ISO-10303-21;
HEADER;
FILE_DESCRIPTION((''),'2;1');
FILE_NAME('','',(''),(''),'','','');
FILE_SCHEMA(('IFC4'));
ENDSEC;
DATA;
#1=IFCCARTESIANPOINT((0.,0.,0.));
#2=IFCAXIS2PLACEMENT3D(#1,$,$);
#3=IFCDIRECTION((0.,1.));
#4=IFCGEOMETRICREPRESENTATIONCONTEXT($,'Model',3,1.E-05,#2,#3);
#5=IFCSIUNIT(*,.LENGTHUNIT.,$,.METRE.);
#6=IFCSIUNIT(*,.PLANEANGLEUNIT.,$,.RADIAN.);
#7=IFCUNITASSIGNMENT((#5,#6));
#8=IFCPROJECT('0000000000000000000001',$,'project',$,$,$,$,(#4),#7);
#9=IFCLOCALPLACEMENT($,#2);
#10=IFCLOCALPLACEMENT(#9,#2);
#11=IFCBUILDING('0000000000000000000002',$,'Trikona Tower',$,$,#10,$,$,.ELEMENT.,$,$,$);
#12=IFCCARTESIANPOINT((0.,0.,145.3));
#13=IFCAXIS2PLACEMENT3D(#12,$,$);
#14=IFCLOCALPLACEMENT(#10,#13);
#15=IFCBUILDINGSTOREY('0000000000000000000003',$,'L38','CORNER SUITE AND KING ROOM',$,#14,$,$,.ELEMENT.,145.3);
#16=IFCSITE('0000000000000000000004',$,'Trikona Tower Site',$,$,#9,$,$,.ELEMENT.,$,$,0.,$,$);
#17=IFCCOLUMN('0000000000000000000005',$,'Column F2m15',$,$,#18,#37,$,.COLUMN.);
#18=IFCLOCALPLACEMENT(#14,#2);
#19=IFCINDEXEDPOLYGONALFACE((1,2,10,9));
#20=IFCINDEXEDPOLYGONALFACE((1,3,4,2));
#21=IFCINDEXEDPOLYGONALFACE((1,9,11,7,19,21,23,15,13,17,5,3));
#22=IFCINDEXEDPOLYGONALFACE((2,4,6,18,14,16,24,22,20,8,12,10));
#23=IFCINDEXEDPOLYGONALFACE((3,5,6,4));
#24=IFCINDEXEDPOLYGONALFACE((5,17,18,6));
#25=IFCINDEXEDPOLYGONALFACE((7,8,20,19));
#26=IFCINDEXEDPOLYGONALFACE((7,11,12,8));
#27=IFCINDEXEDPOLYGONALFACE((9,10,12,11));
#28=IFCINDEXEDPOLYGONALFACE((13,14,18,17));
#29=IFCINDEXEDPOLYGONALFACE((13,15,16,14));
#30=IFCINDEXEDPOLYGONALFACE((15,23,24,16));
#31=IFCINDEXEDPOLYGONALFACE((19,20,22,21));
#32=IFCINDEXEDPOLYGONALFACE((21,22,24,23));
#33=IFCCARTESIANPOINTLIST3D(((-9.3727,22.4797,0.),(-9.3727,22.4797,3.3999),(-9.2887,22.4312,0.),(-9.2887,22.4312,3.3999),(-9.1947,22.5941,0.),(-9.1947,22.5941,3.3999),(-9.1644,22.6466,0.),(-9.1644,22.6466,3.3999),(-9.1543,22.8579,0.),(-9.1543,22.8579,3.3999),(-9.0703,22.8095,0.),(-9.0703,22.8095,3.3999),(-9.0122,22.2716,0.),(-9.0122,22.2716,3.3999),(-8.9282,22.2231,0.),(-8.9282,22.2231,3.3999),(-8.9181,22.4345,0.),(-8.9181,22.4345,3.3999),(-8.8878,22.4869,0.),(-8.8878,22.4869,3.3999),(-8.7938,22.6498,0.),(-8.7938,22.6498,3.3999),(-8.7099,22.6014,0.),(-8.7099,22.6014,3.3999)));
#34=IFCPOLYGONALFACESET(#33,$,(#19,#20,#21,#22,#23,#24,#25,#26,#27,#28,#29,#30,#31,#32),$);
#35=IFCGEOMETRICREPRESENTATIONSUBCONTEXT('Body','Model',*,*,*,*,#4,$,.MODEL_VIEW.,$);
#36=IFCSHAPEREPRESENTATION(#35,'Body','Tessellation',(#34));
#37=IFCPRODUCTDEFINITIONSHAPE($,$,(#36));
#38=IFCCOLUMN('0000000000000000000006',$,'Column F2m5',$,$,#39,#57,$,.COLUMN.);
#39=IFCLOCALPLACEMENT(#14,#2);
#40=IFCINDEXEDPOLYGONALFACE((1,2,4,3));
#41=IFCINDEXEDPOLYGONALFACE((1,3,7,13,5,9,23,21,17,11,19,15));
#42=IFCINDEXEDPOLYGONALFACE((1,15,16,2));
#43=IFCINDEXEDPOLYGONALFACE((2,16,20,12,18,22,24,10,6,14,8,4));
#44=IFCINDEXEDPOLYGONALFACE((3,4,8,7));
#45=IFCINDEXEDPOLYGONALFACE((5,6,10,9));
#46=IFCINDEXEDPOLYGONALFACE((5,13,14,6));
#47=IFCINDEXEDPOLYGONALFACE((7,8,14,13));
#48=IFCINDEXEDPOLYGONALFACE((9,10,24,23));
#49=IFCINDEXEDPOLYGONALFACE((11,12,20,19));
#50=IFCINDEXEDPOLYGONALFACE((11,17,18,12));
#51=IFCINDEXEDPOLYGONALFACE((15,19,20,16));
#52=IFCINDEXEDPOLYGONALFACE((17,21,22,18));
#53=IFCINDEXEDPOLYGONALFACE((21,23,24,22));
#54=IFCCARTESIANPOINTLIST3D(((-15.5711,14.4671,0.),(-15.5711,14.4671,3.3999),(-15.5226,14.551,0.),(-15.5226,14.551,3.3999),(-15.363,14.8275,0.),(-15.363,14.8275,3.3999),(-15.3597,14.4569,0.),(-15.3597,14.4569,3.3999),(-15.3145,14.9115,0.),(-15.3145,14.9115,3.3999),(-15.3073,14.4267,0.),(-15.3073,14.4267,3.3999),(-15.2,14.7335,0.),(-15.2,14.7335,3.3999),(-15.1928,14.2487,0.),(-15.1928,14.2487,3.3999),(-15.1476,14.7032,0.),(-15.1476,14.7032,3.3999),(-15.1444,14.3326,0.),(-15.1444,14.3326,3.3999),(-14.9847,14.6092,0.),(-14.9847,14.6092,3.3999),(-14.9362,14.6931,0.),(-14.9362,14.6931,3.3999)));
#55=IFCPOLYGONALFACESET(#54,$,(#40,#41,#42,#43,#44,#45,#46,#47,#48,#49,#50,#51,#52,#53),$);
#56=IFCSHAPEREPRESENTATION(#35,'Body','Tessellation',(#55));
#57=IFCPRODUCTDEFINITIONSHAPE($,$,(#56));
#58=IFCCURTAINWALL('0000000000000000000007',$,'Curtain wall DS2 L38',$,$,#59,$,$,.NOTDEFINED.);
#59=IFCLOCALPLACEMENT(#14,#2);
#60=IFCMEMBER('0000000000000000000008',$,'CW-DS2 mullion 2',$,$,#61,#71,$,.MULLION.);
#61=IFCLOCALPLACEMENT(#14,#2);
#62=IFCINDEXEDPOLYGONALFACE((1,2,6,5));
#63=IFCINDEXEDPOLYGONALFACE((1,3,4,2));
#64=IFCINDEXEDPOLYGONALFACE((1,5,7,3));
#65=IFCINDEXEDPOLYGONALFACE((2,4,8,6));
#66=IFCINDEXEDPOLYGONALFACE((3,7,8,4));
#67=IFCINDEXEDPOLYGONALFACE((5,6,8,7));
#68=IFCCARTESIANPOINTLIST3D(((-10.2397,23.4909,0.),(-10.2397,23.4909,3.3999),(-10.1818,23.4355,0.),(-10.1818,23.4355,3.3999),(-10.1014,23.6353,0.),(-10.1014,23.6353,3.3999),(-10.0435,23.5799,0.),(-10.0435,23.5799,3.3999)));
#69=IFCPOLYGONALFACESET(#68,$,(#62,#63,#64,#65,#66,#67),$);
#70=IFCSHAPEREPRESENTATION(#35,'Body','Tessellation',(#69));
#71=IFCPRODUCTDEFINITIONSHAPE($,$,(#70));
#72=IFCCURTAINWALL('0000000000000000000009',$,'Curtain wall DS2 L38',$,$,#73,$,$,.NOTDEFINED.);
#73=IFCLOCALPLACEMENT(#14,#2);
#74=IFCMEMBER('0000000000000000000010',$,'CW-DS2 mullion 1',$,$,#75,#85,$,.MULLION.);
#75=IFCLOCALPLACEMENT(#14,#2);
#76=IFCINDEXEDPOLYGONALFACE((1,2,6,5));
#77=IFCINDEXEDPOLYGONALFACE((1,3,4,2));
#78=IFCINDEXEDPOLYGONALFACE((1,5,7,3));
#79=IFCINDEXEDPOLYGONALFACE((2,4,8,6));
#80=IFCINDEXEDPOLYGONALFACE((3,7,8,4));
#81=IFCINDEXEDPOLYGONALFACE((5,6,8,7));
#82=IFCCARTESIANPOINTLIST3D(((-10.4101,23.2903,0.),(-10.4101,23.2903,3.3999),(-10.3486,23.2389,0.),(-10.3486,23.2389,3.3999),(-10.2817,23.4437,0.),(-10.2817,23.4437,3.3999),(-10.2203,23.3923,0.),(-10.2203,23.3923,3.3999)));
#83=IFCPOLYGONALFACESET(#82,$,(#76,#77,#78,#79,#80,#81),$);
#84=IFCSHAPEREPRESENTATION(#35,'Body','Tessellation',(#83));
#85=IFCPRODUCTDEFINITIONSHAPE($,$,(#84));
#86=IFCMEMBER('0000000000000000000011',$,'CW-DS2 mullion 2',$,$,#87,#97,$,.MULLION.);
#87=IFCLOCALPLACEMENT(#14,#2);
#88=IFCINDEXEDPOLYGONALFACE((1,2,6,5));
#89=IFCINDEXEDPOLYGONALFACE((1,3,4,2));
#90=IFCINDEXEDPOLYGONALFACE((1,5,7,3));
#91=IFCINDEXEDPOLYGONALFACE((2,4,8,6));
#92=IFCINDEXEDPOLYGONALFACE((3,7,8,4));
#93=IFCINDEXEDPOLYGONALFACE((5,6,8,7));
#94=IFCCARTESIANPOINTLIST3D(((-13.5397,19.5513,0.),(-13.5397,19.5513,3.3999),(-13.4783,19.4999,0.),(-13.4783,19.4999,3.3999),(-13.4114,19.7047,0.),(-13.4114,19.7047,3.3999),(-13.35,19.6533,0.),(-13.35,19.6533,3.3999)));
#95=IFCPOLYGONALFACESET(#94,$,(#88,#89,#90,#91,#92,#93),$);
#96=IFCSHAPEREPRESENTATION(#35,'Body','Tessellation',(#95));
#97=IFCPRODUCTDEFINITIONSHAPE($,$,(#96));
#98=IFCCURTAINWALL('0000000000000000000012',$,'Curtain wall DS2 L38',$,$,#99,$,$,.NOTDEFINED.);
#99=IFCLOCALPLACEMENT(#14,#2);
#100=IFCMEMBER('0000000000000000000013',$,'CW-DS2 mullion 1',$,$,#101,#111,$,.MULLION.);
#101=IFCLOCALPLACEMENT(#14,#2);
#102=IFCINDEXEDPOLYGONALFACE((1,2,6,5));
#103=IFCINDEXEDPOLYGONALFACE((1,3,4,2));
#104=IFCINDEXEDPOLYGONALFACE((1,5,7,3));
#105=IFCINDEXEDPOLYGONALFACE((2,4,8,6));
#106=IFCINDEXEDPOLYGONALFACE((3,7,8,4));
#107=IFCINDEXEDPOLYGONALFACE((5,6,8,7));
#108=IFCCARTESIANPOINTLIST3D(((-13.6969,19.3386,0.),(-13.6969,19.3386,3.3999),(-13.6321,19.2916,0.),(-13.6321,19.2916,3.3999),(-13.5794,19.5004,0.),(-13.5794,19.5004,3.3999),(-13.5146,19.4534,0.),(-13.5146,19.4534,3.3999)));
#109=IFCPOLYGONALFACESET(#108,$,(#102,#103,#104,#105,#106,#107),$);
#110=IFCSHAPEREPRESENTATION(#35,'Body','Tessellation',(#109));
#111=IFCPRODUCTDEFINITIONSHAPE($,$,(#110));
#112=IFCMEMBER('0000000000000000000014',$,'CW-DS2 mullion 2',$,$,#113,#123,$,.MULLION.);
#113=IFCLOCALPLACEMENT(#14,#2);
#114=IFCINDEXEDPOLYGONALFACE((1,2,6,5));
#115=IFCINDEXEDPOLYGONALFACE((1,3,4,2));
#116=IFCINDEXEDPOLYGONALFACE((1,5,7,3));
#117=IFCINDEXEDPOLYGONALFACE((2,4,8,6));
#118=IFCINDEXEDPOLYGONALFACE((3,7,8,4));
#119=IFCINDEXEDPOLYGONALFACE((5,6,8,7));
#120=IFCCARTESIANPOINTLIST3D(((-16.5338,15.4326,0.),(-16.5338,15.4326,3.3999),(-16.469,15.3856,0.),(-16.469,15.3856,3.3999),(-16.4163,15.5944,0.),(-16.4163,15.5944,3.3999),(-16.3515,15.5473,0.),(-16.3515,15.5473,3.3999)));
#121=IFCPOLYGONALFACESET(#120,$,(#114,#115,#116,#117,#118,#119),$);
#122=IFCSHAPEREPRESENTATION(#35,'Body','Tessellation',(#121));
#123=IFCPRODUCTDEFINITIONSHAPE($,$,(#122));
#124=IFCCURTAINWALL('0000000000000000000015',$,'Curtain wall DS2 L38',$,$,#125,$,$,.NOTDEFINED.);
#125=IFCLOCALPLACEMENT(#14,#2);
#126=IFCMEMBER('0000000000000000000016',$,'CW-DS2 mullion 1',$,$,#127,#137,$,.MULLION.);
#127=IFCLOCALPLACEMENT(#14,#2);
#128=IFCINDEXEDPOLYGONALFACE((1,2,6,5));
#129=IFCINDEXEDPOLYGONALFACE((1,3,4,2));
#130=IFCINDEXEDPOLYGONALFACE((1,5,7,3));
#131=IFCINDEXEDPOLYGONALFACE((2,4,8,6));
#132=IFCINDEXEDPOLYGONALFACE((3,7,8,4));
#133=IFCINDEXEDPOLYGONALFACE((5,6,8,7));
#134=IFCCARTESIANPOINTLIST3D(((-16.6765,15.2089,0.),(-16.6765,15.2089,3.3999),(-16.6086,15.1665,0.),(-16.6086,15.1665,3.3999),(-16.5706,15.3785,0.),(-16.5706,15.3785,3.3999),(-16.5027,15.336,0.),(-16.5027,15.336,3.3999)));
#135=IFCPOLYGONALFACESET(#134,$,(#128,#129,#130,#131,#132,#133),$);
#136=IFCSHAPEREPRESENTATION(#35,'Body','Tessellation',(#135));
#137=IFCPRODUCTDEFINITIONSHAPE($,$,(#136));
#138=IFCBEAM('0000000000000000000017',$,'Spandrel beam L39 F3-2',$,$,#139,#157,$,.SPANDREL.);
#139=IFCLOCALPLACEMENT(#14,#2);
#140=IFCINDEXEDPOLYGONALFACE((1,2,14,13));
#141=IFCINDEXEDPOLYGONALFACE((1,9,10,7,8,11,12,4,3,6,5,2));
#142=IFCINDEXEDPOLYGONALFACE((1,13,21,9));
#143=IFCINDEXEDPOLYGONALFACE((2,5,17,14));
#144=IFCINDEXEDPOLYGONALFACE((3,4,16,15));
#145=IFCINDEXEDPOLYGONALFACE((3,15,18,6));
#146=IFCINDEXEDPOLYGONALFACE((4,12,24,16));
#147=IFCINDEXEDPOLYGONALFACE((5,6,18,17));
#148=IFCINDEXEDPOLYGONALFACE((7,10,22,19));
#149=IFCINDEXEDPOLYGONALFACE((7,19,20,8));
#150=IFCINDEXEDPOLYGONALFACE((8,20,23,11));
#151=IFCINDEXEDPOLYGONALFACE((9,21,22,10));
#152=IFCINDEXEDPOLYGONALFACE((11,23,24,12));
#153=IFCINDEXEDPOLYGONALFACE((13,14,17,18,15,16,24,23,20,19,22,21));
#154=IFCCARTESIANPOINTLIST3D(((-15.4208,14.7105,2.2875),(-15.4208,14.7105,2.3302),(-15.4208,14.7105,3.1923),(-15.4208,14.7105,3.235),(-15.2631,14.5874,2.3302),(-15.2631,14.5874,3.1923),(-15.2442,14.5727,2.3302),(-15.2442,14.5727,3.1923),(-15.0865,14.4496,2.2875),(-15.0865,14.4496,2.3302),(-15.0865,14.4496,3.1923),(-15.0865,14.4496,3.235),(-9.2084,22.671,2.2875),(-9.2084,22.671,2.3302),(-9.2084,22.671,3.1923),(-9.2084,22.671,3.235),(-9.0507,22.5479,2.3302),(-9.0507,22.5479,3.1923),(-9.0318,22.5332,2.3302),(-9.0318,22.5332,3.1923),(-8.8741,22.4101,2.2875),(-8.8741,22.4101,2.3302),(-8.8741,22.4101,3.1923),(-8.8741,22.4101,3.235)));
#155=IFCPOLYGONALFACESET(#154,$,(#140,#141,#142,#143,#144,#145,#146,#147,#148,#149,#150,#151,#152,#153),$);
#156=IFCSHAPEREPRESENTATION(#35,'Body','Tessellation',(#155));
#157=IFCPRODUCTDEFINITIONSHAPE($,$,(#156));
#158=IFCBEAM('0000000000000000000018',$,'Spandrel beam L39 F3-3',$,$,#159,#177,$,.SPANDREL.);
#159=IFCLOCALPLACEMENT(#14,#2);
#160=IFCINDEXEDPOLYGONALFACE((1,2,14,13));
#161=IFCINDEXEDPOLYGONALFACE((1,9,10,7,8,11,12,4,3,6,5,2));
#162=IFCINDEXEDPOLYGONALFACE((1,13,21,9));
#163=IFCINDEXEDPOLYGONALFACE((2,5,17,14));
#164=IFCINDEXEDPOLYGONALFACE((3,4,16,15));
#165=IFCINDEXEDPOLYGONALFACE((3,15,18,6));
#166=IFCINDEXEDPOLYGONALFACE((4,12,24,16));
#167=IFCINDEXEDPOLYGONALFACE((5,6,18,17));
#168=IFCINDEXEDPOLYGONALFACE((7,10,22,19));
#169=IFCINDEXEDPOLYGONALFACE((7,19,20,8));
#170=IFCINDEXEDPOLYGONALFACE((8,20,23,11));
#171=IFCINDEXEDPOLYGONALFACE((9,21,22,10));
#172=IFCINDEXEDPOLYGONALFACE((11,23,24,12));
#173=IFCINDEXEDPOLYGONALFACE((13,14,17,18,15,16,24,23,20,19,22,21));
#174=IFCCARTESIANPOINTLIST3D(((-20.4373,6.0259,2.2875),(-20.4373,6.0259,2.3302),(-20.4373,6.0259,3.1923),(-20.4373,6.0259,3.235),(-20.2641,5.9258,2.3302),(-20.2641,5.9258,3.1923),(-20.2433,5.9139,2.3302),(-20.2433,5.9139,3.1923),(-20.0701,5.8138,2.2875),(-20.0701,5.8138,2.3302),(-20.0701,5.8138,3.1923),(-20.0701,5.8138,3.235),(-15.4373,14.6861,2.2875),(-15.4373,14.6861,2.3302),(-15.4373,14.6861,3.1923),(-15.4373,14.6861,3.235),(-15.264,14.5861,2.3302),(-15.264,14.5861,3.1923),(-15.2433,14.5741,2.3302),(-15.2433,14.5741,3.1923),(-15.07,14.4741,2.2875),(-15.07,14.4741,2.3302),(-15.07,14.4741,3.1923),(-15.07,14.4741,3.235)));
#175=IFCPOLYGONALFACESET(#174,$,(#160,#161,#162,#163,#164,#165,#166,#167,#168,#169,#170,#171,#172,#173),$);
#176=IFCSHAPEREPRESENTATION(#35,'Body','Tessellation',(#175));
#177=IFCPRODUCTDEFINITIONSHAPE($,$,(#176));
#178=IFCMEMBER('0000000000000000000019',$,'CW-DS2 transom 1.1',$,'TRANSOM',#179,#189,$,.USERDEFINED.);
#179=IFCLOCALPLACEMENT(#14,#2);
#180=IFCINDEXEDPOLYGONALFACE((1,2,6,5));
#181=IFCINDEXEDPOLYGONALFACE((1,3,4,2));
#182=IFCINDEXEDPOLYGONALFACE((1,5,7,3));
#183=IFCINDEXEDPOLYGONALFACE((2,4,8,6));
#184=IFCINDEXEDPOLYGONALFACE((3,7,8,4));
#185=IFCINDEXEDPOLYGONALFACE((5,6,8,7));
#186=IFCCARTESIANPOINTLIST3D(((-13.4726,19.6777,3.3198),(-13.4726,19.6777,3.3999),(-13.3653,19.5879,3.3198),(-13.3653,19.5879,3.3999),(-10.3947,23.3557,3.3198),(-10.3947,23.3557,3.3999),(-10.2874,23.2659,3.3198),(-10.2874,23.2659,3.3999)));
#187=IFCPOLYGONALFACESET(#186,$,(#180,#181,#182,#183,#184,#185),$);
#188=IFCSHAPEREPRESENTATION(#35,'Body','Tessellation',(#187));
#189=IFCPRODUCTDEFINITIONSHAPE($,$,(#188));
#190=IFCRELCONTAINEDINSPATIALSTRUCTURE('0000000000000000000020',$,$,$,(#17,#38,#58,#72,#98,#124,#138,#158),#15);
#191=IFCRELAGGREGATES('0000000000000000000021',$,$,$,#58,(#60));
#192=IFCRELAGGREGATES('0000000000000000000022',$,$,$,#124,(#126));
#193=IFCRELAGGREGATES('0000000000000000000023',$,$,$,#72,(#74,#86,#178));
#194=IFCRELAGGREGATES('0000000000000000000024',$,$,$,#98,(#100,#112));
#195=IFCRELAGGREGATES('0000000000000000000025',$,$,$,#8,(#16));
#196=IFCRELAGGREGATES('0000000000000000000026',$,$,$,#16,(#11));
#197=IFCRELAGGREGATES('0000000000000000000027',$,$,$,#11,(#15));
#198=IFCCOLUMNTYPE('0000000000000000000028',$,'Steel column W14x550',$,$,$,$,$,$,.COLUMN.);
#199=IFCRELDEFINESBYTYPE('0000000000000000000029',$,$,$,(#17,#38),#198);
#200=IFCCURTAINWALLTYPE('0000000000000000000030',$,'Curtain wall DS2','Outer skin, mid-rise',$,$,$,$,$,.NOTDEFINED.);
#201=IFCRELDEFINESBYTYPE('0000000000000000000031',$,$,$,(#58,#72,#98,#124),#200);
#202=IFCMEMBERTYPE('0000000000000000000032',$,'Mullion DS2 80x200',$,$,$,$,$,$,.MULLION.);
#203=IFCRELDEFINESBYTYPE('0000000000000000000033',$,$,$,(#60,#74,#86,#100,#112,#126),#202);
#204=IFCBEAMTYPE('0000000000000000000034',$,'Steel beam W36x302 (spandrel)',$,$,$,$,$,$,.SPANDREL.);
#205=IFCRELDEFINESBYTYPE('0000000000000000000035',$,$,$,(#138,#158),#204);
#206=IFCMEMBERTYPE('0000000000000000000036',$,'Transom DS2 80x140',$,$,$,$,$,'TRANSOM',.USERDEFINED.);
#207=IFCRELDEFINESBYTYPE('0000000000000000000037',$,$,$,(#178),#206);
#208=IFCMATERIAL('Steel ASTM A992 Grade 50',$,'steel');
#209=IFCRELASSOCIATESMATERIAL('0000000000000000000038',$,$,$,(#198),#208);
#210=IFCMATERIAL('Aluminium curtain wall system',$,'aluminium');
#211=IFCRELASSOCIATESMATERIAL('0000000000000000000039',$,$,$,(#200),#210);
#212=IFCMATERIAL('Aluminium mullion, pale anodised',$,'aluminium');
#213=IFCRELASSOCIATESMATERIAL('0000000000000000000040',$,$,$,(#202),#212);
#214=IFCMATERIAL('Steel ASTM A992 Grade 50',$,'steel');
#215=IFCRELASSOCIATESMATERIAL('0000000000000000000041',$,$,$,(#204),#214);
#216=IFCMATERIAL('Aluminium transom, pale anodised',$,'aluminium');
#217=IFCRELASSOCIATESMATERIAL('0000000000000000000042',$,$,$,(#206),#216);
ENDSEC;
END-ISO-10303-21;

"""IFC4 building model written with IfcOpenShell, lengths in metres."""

from ifc_helpers import new_model, si_unit, direction, frame, origin, origin_2d, place, context, subcontext, project, spatial, rectangle, i_section, extrude, material, material_profile, profile_set, type_object, element, aggregate, save


model = new_model("IFC4")

# Units and contexts
model_context = context("Model", 3, precision=1e-05, world=origin(), true_north=direction((0.0, 1.0)))
body_context = subcontext(model_context, "Body", "Model", "MODEL_VIEW")
ifc_project = project(units=[si_unit("LENGTHUNIT", "METRE"), si_unit("PLANEANGLEUNIT", "RADIAN")], contexts=[model_context])

# Site, building, storey
site_placement = place(None, origin())
site = spatial("IfcSite", under=ifc_project, at=site_placement, Name="Trikona Tower Site", CompositionType="ELEMENT", RefElevation=0.0)
building_placement = place(site_placement, origin())
building = spatial("IfcBuilding", under=site, at=building_placement, Name="Trikona Tower", CompositionType="ELEMENT")
storey_placement = place(building_placement, frame((0.0, 0.0, 145.3)))
storey = spatial("IfcBuildingStorey", under=building, at=storey_placement, Name="L38", Description="CORNER SUITE AND KING ROOM", CompositionType="ELEMENT", Elevation=145.3)

# Columns
ifc_material_1 = material(Name="Steel ASTM A992 Grade 50", Category="steel")
ifc_material_profile_1 = material_profile(ifc_material_1, i_section(OverallWidth=0.4368, OverallDepth=0.5132, WebThickness=0.0605, FlangeThickness=0.0969, at=origin_2d()), Name="W14X550")
ifc_profile_set_1 = profile_set([ifc_material_profile_1], Name="Steel ASTM A992 Grade 50")
column_type = type_object("IfcColumnType", Name="Steel column W14x550", PredefinedType="COLUMN", material=ifc_profile_set_1)
for number, where, z_axis, x_axis, name in (
    (1, (-9.0413, 22.5405, 0.0), (0.0, 0.0, 1.0), (-0.5, -0.866025, 0.0), "Column F2m15"),
    (2, (-15.2537, 14.5801, 0.0), (0.0, 0.0, 1.0), (-0.866025, 0.5, 0.0), "Column F2m5"),
):
    element("IfcColumn", number, at=place(storey_placement, frame(where, z_axis=z_axis, x_axis=x_axis)), inside=storey, type_object=column_type, Name=name, PredefinedType="COLUMN", context=body_context, shape_type="SweptSolid", body=[
        extrude(i_section(OverallWidth=0.4368, OverallDepth=0.5132, WebThickness=0.0605, FlangeThickness=0.0969, at=origin_2d()), origin(), (0.0, 0.0, 1.0), 3.3999),
    ])

# Curtain wall, member
ifc_material_2 = material(Name="Aluminium curtain wall system", Category="aluminium")
curtain_wall_type = type_object("IfcCurtainWallType", Name="Curtain wall DS2", Description="Outer skin, mid-rise", PredefinedType="NOTDEFINED", material=ifc_material_2)
curtain_wall_1_placement = place(storey_placement, origin())
curtain_wall_1 = element("IfcCurtainWall", 3, at=curtain_wall_1_placement, inside=storey, type_object=curtain_wall_type, Name="Curtain wall DS2 L38", PredefinedType="NOTDEFINED")
ifc_material_3 = material(Name="Aluminium mullion, pale anodised", Category="aluminium")
ifc_material_profile_2 = material_profile(ifc_material_3, rectangle(XDim=0.0801, YDim=0.2, at=origin_2d()), Name="MUL-DS2")
ifc_profile_set_2 = profile_set([ifc_material_profile_2], Name="Aluminium mullion, pale anodised")
member_type_1 = type_object("IfcMemberType", Name="Mullion DS2 80x200", PredefinedType="MULLION", material=ifc_profile_set_2)
member_1_placement = place(storey_placement, frame((-10.1416, 23.5354, 0.0), z_axis=(0.0, 0.0, 1.0), x_axis=(0.722158, -0.691728, 0.0)))
member_1 = element("IfcMember", 4, at=member_1_placement, type_object=member_type_1, Name="CW-DS2 mullion 2", PredefinedType="MULLION", context=body_context, shape_type="SweptSolid", body=[
    extrude(rectangle(XDim=0.0801, YDim=0.2, at=origin_2d()), origin(), (0.0, 0.0, 1.0), 3.3999),
])
aggregate(curtain_wall_1, [member_1])

# Curtain walls, members
curtain_wall_2_placement = place(storey_placement, origin())
curtain_wall_2 = element("IfcCurtainWall", 5, at=curtain_wall_2_placement, inside=storey, type_object=curtain_wall_type, Name="Curtain wall DS2 L38", PredefinedType="NOTDEFINED")
member_2_placement = place(storey_placement, frame((-10.3152, 23.3413, 0.0), z_axis=(0.0, 0.0, 1.0), x_axis=(0.766867, -0.641806, 0.0)))
member_2 = element("IfcMember", 6, at=member_2_placement, type_object=member_type_1, Name="CW-DS2 mullion 1", PredefinedType="MULLION", context=body_context, shape_type="SweptSolid", body=[
    extrude(rectangle(XDim=0.0801, YDim=0.2, at=origin_2d()), origin(), (0.0, 0.0, 1.0), 3.3999),
])
member_3_placement = place(storey_placement, frame((-13.4448, 19.6023, 0.0), z_axis=(0.0, 0.0, 1.0), x_axis=(0.766867, -0.641806, 0.0)))
member_3 = element("IfcMember", 7, at=member_3_placement, type_object=member_type_1, Name="CW-DS2 mullion 2", PredefinedType="MULLION", context=body_context, shape_type="SweptSolid", body=[
    extrude(rectangle(XDim=0.0801, YDim=0.2, at=origin_2d()), origin(), (0.0, 0.0, 1.0), 3.3999),
])
curtain_wall_3_placement = place(storey_placement, origin())
curtain_wall_3 = element("IfcCurtainWall", 8, at=curtain_wall_3_placement, inside=storey, type_object=curtain_wall_type, Name="Curtain wall DS2 L38", PredefinedType="NOTDEFINED")
member_4_placement = place(storey_placement, frame((-13.6057, 19.396, 0.0), z_axis=(0.0, 0.0, 1.0), x_axis=(0.809086, -0.587691, 0.0)))
member_4 = element("IfcMember", 9, at=member_4_placement, type_object=member_type_1, Name="CW-DS2 mullion 1", PredefinedType="MULLION", context=body_context, shape_type="SweptSolid", body=[
    extrude(rectangle(XDim=0.0801, YDim=0.2, at=origin_2d()), origin(), (0.0, 0.0, 1.0), 3.3999),
])
member_5_placement = place(storey_placement, frame((-16.4426, 15.49, 0.0), z_axis=(0.0, 0.0, 1.0), x_axis=(0.809086, -0.587691, 0.0)))
member_5 = element("IfcMember", 10, at=member_5_placement, type_object=member_type_1, Name="CW-DS2 mullion 2", PredefinedType="MULLION", context=body_context, shape_type="SweptSolid", body=[
    extrude(rectangle(XDim=0.0801, YDim=0.2, at=origin_2d()), origin(), (0.0, 0.0, 1.0), 3.3999),
])

# Curtain wall, member
curtain_wall_4_placement = place(storey_placement, origin())
curtain_wall_4 = element("IfcCurtainWall", 11, at=curtain_wall_4_placement, inside=storey, type_object=curtain_wall_type, Name="Curtain wall DS2 L38", PredefinedType="NOTDEFINED")
member_6_placement = place(storey_placement, frame((-16.5896, 15.2725, 0.0), z_axis=(0.0, 0.0, 1.0), x_axis=(0.847998, -0.529999, 0.0)))
member_6 = element("IfcMember", 12, at=member_6_placement, type_object=member_type_1, Name="CW-DS2 mullion 1", PredefinedType="MULLION", context=body_context, shape_type="SweptSolid", body=[
    extrude(rectangle(XDim=0.0801, YDim=0.2, at=origin_2d()), origin(), (0.0, 0.0, 1.0), 3.3999),
])

# Beams
ifc_material_4 = material(Name="Steel ASTM A992 Grade 50", Category="steel")
ifc_material_profile_3 = material_profile(ifc_material_4, i_section(OverallWidth=0.4241, OverallDepth=0.9475, WebThickness=0.0239, FlangeThickness=0.0427, at=origin_2d()), Name="W36X302")
ifc_profile_set_3 = profile_set([ifc_material_profile_3], Name="Steel ASTM A992 Grade 50")
beam_type = type_object("IfcBeamType", Name="Steel beam W36x302 (spandrel)", PredefinedType="SPANDREL", material=ifc_profile_set_3)
beam_1_placement = place(storey_placement, frame((-9.0413, 22.5405, 2.7612), z_axis=(-0.615232, -0.788346, 0.0), x_axis=(0.788346, -0.615232, 0.0)))
element("IfcBeam", 13, at=beam_1_placement, inside=storey, type_object=beam_type, Name="Spandrel beam L39 F3-2", PredefinedType="SPANDREL", context=body_context, shape_type="SweptSolid", body=[
    extrude(i_section(OverallWidth=0.4241, OverallDepth=0.9475, WebThickness=0.0239, FlangeThickness=0.0427, at=origin_2d()), origin(), (0.0, 0.0, 1.0), 10.0977),
])
beam_2_placement = place(storey_placement, frame((-15.2537, 14.5801, 2.7612), z_axis=(-0.500004, -0.866023, 0.0), x_axis=(0.866023, -0.500004, 0.0)))
element("IfcBeam", 14, at=beam_2_placement, inside=storey, type_object=beam_type, Name="Spandrel beam L39 F3-3", PredefinedType="SPANDREL", context=body_context, shape_type="SweptSolid", body=[
    extrude(i_section(OverallWidth=0.4241, OverallDepth=0.9475, WebThickness=0.0239, FlangeThickness=0.0427, at=origin_2d()), origin(), (0.0, 0.0, 1.0), 10.0),
])

# Member
ifc_material_5 = material(Name="Aluminium transom, pale anodised", Category="aluminium")
ifc_material_profile_4 = material_profile(ifc_material_5, rectangle(XDim=0.1399, YDim=0.0801, at=origin_2d()), Name="TRN-DS2")
ifc_profile_set_4 = profile_set([ifc_material_profile_4], Name="Aluminium transom, pale anodised")
member_type_2 = type_object("IfcMemberType", Name="Transom DS2 80x140", ElementType="TRANSOM", PredefinedType="USERDEFINED", material=ifc_profile_set_4)
member_7_placement = place(storey_placement, frame((-10.3411, 23.3108, 3.3599), z_axis=(-0.64177, -0.766897, 0.0), x_axis=(0.766897, -0.64177, 0.0)))
member_7 = element("IfcMember", 15, at=member_7_placement, type_object=member_type_2, Name="CW-DS2 transom 1.1", ObjectType="TRANSOM", PredefinedType="USERDEFINED", context=body_context, shape_type="SweptSolid", body=[
    extrude(rectangle(XDim=0.1399, YDim=0.0801, at=origin_2d()), origin(), (0.0, 0.0, 1.0), 4.7959),
])
aggregate(curtain_wall_4, [member_6])

aggregate(curtain_wall_2, [member_2, member_3, member_7])
aggregate(curtain_wall_3, [member_4, member_5])

save(model, "model.ifc")
